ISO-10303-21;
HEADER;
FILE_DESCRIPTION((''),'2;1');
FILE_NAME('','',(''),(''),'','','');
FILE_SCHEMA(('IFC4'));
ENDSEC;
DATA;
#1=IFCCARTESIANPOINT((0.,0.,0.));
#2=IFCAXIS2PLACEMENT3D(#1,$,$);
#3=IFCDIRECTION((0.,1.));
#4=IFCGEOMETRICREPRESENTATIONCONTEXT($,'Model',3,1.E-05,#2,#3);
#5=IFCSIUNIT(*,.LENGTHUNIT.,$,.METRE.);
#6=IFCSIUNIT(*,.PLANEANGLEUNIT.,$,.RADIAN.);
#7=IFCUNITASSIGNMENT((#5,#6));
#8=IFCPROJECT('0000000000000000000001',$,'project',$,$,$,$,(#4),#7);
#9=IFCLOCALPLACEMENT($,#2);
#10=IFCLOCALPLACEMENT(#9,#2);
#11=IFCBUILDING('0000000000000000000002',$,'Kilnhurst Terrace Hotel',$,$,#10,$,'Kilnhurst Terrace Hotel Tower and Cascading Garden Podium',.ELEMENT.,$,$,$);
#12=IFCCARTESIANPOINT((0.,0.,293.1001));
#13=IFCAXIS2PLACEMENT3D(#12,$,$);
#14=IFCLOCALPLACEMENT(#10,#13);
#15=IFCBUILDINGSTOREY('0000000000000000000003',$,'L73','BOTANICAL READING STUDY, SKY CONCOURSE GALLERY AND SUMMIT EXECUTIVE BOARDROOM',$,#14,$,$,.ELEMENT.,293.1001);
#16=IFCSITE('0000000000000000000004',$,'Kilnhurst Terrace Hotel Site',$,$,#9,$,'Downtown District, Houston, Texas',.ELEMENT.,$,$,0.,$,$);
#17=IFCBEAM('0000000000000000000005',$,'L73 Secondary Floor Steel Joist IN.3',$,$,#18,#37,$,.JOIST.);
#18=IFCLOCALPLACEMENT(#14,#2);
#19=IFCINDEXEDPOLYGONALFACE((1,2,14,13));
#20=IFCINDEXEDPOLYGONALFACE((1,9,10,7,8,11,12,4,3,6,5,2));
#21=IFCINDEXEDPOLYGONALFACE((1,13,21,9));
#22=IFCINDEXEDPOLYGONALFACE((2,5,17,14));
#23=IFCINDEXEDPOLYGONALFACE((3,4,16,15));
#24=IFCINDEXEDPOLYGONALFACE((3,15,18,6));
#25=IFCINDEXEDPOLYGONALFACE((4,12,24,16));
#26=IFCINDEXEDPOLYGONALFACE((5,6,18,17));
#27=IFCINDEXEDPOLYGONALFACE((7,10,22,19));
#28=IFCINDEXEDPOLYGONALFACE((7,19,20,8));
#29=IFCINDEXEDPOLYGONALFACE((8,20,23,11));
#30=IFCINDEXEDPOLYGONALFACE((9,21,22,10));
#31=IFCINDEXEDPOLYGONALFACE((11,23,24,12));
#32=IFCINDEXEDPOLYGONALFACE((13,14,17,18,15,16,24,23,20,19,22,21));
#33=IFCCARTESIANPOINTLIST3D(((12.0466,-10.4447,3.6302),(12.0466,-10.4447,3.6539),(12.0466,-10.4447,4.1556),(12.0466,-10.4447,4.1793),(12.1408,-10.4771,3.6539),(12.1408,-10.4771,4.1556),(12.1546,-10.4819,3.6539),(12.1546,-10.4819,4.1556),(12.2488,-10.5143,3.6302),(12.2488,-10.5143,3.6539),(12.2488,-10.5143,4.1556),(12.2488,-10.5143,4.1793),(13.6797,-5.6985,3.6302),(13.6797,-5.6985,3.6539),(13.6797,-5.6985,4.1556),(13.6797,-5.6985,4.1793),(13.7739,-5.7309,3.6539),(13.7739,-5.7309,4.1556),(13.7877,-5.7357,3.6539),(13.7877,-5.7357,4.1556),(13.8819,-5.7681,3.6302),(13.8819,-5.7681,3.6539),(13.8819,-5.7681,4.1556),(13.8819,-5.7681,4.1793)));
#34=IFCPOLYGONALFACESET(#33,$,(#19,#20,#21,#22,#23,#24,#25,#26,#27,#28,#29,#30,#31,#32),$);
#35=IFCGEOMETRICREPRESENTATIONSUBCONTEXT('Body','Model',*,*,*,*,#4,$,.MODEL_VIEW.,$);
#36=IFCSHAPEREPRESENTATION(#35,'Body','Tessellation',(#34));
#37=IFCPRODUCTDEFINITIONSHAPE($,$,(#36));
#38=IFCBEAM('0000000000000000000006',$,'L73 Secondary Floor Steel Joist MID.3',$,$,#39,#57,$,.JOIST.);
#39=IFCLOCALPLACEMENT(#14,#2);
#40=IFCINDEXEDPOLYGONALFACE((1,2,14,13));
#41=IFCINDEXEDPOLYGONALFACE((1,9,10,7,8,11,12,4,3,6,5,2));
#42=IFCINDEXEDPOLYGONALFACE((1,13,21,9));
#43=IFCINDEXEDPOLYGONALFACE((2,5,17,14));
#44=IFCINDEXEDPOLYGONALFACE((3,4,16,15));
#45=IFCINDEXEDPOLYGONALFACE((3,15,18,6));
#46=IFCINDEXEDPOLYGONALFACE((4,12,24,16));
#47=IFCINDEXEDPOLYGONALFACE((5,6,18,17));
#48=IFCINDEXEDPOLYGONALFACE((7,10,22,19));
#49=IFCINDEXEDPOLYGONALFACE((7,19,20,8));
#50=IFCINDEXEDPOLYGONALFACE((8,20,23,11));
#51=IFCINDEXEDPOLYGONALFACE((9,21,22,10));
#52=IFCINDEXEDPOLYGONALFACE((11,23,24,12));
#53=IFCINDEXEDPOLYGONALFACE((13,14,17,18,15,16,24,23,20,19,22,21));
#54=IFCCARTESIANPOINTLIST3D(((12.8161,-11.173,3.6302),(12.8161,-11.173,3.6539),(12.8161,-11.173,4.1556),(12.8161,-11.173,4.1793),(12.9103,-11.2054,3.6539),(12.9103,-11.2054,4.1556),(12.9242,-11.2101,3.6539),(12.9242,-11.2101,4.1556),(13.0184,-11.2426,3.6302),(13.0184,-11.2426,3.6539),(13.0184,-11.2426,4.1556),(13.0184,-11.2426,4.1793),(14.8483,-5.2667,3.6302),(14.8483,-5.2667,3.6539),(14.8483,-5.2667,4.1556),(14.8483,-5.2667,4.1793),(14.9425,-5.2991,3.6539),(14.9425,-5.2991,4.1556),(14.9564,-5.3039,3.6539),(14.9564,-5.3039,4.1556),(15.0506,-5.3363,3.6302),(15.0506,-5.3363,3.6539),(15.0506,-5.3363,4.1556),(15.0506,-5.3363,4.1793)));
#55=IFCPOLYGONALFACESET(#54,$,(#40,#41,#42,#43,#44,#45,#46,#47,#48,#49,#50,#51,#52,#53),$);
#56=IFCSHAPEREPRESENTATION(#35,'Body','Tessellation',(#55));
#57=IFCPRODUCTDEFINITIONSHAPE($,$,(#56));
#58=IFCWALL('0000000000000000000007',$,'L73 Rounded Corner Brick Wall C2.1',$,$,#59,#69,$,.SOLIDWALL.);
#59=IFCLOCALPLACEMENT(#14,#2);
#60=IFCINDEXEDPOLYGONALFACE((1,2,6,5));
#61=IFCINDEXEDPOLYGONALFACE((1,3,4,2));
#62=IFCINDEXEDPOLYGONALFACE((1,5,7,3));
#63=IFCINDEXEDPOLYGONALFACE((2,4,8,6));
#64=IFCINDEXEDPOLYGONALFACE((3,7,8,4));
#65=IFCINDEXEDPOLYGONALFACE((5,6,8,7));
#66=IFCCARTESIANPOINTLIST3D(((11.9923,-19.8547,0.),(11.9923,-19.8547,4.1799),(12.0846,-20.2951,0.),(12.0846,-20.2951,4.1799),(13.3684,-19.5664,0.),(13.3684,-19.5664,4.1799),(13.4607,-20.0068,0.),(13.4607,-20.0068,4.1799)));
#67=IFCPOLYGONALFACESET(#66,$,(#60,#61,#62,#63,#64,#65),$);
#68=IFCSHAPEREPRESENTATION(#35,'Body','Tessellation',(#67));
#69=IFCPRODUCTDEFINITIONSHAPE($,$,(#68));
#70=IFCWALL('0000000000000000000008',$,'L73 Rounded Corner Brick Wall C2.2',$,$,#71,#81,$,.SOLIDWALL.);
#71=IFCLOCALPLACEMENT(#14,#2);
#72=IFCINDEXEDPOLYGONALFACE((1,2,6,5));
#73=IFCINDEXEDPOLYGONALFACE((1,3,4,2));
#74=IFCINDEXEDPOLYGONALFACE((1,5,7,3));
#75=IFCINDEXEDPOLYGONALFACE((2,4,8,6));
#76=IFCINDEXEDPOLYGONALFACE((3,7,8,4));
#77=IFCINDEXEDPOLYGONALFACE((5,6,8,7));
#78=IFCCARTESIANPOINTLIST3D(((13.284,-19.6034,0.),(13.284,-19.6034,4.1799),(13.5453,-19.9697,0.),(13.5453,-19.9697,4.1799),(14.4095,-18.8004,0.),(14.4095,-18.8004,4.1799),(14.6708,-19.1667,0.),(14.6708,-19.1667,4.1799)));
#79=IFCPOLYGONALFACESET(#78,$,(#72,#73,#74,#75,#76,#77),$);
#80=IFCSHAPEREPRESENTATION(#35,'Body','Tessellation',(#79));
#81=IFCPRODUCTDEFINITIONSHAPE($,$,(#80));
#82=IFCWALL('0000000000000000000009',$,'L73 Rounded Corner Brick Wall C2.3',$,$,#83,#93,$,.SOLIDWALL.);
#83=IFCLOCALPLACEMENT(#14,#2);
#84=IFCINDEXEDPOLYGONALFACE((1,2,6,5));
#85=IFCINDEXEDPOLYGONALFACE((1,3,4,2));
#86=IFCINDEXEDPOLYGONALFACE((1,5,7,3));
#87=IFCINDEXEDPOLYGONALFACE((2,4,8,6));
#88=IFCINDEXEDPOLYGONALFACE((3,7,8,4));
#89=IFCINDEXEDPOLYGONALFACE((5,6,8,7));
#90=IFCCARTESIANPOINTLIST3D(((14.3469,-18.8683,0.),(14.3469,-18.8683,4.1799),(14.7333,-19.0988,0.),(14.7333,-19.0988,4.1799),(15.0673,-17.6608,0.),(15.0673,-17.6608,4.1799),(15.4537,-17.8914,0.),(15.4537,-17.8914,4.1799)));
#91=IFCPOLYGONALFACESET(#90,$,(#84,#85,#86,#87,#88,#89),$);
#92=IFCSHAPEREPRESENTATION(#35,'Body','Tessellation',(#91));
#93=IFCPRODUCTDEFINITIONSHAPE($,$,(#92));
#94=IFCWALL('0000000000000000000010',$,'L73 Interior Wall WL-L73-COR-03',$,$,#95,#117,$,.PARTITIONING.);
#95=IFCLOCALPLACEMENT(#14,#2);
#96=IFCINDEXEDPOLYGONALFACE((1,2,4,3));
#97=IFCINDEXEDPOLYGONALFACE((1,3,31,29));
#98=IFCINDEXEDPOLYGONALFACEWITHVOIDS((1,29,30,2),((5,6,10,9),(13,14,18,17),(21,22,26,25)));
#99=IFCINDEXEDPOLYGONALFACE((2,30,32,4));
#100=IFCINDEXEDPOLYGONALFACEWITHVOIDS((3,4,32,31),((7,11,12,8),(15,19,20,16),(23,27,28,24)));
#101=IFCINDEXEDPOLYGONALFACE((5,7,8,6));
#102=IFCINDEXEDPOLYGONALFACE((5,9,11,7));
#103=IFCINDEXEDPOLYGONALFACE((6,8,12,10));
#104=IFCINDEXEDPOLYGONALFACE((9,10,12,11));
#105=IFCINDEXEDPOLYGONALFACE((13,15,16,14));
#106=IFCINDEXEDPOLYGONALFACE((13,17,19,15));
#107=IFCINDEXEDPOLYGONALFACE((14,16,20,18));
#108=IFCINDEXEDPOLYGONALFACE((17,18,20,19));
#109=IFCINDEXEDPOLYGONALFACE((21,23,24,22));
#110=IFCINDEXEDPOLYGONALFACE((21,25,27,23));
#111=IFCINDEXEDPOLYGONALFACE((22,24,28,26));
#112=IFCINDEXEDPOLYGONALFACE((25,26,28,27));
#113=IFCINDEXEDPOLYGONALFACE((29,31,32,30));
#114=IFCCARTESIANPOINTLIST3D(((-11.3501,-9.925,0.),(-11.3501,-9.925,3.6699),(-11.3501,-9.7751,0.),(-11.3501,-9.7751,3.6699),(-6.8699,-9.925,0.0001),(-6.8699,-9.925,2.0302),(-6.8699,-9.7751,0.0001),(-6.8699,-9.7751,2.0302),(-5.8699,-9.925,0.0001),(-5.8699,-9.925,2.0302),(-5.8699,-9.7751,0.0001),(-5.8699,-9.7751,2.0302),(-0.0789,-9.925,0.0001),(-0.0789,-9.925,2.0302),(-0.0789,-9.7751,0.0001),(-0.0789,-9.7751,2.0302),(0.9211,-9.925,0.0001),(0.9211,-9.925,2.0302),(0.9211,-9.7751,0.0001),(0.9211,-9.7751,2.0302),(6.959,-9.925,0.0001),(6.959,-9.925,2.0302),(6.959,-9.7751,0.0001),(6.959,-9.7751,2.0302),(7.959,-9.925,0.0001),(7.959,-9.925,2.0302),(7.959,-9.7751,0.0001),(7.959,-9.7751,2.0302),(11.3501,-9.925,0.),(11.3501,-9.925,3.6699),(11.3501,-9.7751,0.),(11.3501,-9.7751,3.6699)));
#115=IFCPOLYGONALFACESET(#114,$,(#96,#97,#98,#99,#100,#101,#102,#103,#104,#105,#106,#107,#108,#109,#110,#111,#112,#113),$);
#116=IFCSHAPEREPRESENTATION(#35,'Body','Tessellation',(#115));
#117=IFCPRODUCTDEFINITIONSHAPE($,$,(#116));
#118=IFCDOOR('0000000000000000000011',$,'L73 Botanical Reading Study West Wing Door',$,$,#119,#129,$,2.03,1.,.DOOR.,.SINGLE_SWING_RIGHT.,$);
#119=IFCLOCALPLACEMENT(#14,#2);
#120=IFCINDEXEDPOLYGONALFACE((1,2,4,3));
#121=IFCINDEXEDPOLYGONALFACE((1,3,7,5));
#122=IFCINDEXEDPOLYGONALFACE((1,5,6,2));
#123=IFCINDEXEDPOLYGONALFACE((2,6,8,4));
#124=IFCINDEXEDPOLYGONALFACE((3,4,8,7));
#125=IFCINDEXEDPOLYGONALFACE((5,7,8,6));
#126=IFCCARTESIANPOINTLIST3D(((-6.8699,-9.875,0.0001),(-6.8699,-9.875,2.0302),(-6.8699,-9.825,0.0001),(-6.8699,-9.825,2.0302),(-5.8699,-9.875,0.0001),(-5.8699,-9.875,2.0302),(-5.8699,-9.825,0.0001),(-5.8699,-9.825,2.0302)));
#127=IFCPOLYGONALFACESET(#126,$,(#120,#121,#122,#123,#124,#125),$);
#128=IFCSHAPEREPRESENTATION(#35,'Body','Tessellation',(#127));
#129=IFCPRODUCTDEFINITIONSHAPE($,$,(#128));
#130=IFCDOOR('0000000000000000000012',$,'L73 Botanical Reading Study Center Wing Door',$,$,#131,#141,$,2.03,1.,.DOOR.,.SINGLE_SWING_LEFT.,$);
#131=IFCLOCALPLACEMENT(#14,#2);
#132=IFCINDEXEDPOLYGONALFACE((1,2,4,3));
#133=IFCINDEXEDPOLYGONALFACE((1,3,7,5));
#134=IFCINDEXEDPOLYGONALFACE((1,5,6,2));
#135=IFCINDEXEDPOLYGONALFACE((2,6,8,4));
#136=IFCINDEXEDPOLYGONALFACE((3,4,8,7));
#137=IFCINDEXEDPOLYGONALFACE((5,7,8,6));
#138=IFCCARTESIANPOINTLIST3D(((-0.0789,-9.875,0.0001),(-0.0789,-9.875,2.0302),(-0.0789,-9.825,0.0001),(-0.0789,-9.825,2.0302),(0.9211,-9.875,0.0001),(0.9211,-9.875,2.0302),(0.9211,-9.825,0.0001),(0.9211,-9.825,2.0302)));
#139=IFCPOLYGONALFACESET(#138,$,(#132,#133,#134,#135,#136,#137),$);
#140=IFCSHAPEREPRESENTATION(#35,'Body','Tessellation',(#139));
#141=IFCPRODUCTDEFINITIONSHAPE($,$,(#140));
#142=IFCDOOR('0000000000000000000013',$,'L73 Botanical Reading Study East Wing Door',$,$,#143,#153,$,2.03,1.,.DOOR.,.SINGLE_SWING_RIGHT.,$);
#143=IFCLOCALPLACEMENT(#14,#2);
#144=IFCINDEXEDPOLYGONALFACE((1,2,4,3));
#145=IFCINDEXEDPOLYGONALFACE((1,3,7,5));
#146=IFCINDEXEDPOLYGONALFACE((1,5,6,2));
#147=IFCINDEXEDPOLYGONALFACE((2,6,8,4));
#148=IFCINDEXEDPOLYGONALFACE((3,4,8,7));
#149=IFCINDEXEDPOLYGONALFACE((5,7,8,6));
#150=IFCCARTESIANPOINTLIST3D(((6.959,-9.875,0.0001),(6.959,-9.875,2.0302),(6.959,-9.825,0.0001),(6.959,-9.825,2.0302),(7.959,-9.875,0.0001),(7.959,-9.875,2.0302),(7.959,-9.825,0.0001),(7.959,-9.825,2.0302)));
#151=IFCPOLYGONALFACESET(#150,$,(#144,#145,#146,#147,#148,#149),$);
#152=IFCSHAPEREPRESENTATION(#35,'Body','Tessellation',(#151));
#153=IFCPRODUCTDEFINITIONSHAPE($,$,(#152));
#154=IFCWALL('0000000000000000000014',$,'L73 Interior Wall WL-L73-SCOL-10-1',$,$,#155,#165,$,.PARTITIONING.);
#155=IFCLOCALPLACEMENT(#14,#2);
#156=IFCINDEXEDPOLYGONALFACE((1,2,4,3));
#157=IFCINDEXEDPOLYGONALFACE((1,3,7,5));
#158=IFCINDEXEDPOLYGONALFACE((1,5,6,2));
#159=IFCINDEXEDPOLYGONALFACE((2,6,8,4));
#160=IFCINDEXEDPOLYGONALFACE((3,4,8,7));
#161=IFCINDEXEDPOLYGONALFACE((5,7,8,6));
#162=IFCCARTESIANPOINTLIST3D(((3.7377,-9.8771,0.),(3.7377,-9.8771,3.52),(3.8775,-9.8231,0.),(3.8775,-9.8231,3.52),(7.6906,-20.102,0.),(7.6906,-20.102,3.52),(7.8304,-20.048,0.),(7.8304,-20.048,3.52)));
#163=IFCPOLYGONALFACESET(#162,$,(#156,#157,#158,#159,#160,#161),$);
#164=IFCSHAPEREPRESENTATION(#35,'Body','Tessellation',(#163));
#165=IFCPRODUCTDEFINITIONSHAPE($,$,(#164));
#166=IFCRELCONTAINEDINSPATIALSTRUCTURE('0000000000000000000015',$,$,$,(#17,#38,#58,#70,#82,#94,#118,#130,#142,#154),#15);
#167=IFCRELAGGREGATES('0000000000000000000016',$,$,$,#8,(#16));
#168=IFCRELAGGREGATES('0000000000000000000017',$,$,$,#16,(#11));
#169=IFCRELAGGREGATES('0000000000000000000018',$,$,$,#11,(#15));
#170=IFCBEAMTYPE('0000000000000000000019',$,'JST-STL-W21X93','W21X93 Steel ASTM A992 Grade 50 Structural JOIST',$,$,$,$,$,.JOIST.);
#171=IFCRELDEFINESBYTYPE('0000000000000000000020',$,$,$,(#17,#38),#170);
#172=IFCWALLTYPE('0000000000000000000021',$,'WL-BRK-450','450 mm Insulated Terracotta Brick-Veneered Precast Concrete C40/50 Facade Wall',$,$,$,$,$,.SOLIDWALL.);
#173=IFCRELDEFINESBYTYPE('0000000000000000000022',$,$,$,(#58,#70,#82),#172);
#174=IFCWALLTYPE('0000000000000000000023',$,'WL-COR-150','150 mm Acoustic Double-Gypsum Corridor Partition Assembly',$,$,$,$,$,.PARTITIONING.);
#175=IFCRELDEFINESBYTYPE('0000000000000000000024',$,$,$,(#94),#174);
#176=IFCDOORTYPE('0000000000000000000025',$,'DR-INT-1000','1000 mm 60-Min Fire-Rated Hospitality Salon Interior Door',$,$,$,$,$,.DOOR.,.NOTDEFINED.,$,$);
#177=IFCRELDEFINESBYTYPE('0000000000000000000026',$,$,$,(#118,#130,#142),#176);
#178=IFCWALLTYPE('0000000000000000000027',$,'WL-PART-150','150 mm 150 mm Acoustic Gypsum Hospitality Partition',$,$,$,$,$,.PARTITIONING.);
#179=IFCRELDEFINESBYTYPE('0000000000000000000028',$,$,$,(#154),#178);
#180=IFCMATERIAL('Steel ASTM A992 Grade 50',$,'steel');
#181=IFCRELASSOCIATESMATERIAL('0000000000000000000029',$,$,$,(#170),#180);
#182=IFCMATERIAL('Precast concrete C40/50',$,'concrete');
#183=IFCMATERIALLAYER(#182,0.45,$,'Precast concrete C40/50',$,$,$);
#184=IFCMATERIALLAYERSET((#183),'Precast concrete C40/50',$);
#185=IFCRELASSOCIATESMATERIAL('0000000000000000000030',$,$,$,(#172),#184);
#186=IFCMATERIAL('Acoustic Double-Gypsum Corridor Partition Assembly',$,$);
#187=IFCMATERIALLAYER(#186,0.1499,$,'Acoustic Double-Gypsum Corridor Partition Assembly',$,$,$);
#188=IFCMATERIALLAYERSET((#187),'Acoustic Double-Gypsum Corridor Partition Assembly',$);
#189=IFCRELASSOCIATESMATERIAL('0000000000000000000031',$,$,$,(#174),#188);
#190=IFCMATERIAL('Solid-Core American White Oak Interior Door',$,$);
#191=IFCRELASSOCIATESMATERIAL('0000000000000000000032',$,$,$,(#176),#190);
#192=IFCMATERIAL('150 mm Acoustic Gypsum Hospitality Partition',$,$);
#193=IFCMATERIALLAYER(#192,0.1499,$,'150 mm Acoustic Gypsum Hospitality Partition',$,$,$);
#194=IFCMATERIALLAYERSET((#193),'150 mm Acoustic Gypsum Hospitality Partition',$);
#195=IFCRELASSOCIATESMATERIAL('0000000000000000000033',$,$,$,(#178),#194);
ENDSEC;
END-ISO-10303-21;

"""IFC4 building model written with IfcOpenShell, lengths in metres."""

from ifc_helpers import new_model, si_unit, direction, frame, frame_2d, origin, origin_2d, place, context, subcontext, project, spatial, rectangle, i_section, extrude, material, layer, layer_set, material_profile, profile_set, type_object, element, fill, save


model = new_model("IFC4")

# Units and contexts
model_context = context("Model", 3, precision=1e-05, world=origin(), true_north=direction((0.0, 1.0)))
body_context = subcontext(model_context, "Body", "Model", "MODEL_VIEW")
ifc_project = project(units=[si_unit("LENGTHUNIT", "METRE"), si_unit("PLANEANGLEUNIT", "RADIAN")], contexts=[model_context])

# Site, building, storey
site_placement = place(None, origin())
site = spatial("IfcSite", under=ifc_project, at=site_placement, Name="Kilnhurst Terrace Hotel Site", LongName="Downtown District, Houston, Texas", CompositionType="ELEMENT", RefElevation=0.0)
building_placement = place(site_placement, origin())
building = spatial("IfcBuilding", under=site, at=building_placement, Name="Kilnhurst Terrace Hotel", LongName="Kilnhurst Terrace Hotel Tower and Cascading Garden Podium", CompositionType="ELEMENT")
storey_placement = place(building_placement, frame((0.0, 0.0, 293.1001)))
storey = spatial("IfcBuildingStorey", under=building, at=storey_placement, Name="L73", Description="BOTANICAL READING STUDY, SKY CONCOURSE GALLERY AND SUMMIT EXECUTIVE BOARDROOM", CompositionType="ELEMENT", Elevation=293.1001)

# Beams
ifc_material_1 = material(Name="Steel ASTM A992 Grade 50", Category="steel")
ifc_material_profile_1 = material_profile(ifc_material_1, i_section(OverallWidth=0.2139, OverallDepth=0.5491, WebThickness=0.0146, FlangeThickness=0.0237, at=origin_2d()), Name="W21X93")
ifc_profile_set_1 = profile_set([ifc_material_profile_1], Name="Steel ASTM A992 Grade 50")
beam_type_1 = type_object("IfcBeamType", Name="JST-STL-W21X93", Description="W21X93 Steel ASTM A992 Grade 50 Structural JOIST", PredefinedType="JOIST", material=ifc_profile_set_1)
beam_1_placement = place(storey_placement, frame((12.1477, -10.4795, 3.9048), z_axis=(0.325363, 0.945589, 0.0), x_axis=(-0.945589, 0.325363, 0.0)))
element("IfcBeam", 1, at=beam_1_placement, inside=storey, type_object=beam_type_1, Name="L73 Secondary Floor Steel Joist IN.3", PredefinedType="JOIST", context=body_context, shape_type="SweptSolid", body=[
    extrude(i_section(OverallWidth=0.2139, OverallDepth=0.5491, WebThickness=0.0146, FlangeThickness=0.0237, at=origin_2d()), origin(), (0.0, 0.0, 1.0), 5.0193),
])
beam_2_placement = place(storey_placement, frame((12.9172, -11.2078, 3.9048), z_axis=(0.325359, 0.94559, 0.0), x_axis=(-0.94559, 0.325359, 0.0)))
element("IfcBeam", 2, at=beam_2_placement, inside=storey, type_object=beam_type_1, Name="L73 Secondary Floor Steel Joist MID.3", PredefinedType="JOIST", context=body_context, shape_type="SweptSolid", body=[
    extrude(i_section(OverallWidth=0.2139, OverallDepth=0.5491, WebThickness=0.0146, FlangeThickness=0.0237, at=origin_2d()), origin(), (0.0, 0.0, 1.0), 6.2461),
])

# Walls
ifc_material_2 = material(Name="Precast concrete C40/50", Category="concrete")
ifc_layer_1 = layer(ifc_material_2, 0.45, Name="Precast concrete C40/50")
ifc_layer_set_1 = layer_set([ifc_layer_1], Name="Precast concrete C40/50")
wall_type_1 = type_object("IfcWallType", Name="WL-BRK-450", Description="450 mm Insulated Terracotta Brick-Veneered Precast Concrete C40/50 Facade Wall", PredefinedType="SOLIDWALL", material=ifc_layer_set_1)
wall_1_placement = place(storey_placement, frame((12.0383, -20.075, 0.0), z_axis=(0.0, 0.0, 1.0), x_axis=(0.97875, 0.205057, 0.0)))
element("IfcWall", 3, at=wall_1_placement, inside=storey, type_object=wall_type_1, Name="L73 Rounded Corner Brick Wall C2.1", PredefinedType="SOLIDWALL", context=body_context, shape_type="SweptSolid", body=[
    extrude(rectangle(XDim=1.406, YDim=0.45, at=frame_2d((0.7031, 0.0))), origin(), (0.0, 0.0, 1.0), 4.1799),
])
wall_2_placement = place(storey_placement, frame((13.4146, -19.7866, 0.0), z_axis=(0.0, 0.0, 1.0), x_axis=(0.814055, 0.580787, 0.0)))
element("IfcWall", 4, at=wall_2_placement, inside=storey, type_object=wall_type_1, Name="L73 Rounded Corner Brick Wall C2.2", PredefinedType="SOLIDWALL", context=body_context, shape_type="SweptSolid", body=[
    extrude(rectangle(XDim=1.3826, YDim=0.45, at=frame_2d((0.6914, 0.0))), origin(), (0.0, 0.0, 1.0), 4.1799),
])
wall_3_placement = place(storey_placement, frame((14.54, -18.9836, 0.0), z_axis=(0.0, 0.0, 1.0), x_axis=(0.512375, 0.858762, 0.0)))
element("IfcWall", 5, at=wall_3_placement, inside=storey, type_object=wall_type_1, Name="L73 Rounded Corner Brick Wall C2.3", PredefinedType="SOLIDWALL", context=body_context, shape_type="SweptSolid", body=[
    extrude(rectangle(XDim=1.406, YDim=0.45, at=frame_2d((0.7031, 0.0))), origin(), (0.0, 0.0, 1.0), 4.1799),
])

# Wall, openings, doors
ifc_material_3 = material(Name="Acoustic Double-Gypsum Corridor Partition Assembly")
ifc_layer_2 = layer(ifc_material_3, 0.1499, Name="Acoustic Double-Gypsum Corridor Partition Assembly")
ifc_layer_set_2 = layer_set([ifc_layer_2], Name="Acoustic Double-Gypsum Corridor Partition Assembly")
wall_type_2 = type_object("IfcWallType", Name="WL-COR-150", Description="150 mm Acoustic Double-Gypsum Corridor Partition Assembly", PredefinedType="PARTITIONING", material=ifc_layer_set_2)
wall_4_placement = place(storey_placement, frame((11.3501, -9.8501, 0.0), z_axis=(0.0, 0.0, 1.0), x_axis=(-1.0, 0.0, 0.0)))
wall_4 = element("IfcWall", 6, at=wall_4_placement, inside=storey, type_object=wall_type_2, Name="L73 Interior Wall WL-L73-COR-03", PredefinedType="PARTITIONING", context=body_context, shape_type="SweptSolid", body=[
    extrude(rectangle(XDim=22.7002, YDim=0.1499, at=frame_2d((11.3501, 0.0))), origin(), (0.0, 0.0, 1.0), 3.6699),
])
opening_1_placement = place(wall_4_placement, frame((17.22, 0.0, 0.0)))
opening_1 = element("IfcOpeningElement", 7, at=opening_1_placement, cuts=wall_4, PredefinedType="OPENING", context=body_context, shape_type="SweptSolid", body=[
    extrude(rectangle(XDim=1.0, YDim=2.03, at=frame_2d((0.5, 1.0151))), frame((0.0, 0.085, 0.0), z_axis=(0.0, -1.0, 0.0), x_axis=(1.0, 0.0, 0.0)), (0.0, 0.0, 1.0), 0.1699),
])
opening_2_placement = place(wall_4_placement, frame((10.429, 0.0, 0.0)))
opening_2 = element("IfcOpeningElement", 8, at=opening_2_placement, cuts=wall_4, PredefinedType="OPENING", context=body_context, shape_type="SweptSolid", body=[
    extrude(rectangle(XDim=1.0, YDim=2.03, at=frame_2d((0.5, 1.0151))), frame((0.0, 0.085, 0.0), z_axis=(0.0, -1.0, 0.0), x_axis=(1.0, 0.0, 0.0)), (0.0, 0.0, 1.0), 0.1699),
])
opening_3_placement = place(wall_4_placement, frame((3.3911, 0.0, 0.0)))
opening_3 = element("IfcOpeningElement", 9, at=opening_3_placement, cuts=wall_4, PredefinedType="OPENING", context=body_context, shape_type="SweptSolid", body=[
    extrude(rectangle(XDim=1.0, YDim=2.03, at=frame_2d((0.5, 1.0151))), frame((0.0, 0.085, 0.0), z_axis=(0.0, -1.0, 0.0), x_axis=(1.0, 0.0, 0.0)), (0.0, 0.0, 1.0), 0.1699),
])
ifc_material_4 = material(Name="Solid-Core American White Oak Interior Door")
door_type = type_object("IfcDoorType", Name="DR-INT-1000", Description="1000 mm 60-Min Fire-Rated Hospitality Salon Interior Door", OperationType="NOTDEFINED", PredefinedType="DOOR", material=ifc_material_4)
door_1_placement = place(opening_1_placement, origin())
door_1 = element("IfcDoor", 10, at=door_1_placement, inside=storey, type_object=door_type, Name="L73 Botanical Reading Study West Wing Door", OperationType="SINGLE_SWING_RIGHT", OverallHeight=2.03, OverallWidth=1.0, PredefinedType="DOOR", context=body_context, shape_type="SweptSolid", body=[
    extrude(rectangle(XDim=1.0, YDim=2.03, at=frame_2d((0.5, 1.0151))), frame((0.0, 0.0249, 0.0), z_axis=(0.0, -1.0, 0.0), x_axis=(1.0, 0.0, 0.0)), (0.0, 0.0, 1.0), 0.05),
])
fill(opening_1, door_1)
door_2_placement = place(opening_2_placement, origin())
door_2 = element("IfcDoor", 11, at=door_2_placement, inside=storey, type_object=door_type, Name="L73 Botanical Reading Study Center Wing Door", OperationType="SINGLE_SWING_LEFT", OverallHeight=2.03, OverallWidth=1.0, PredefinedType="DOOR", context=body_context, shape_type="SweptSolid", body=[
    extrude(rectangle(XDim=1.0, YDim=2.03, at=frame_2d((0.5, 1.0151))), frame((0.0, 0.0249, 0.0), z_axis=(0.0, -1.0, 0.0), x_axis=(1.0, 0.0, 0.0)), (0.0, 0.0, 1.0), 0.05),
])
fill(opening_2, door_2)
door_3_placement = place(opening_3_placement, origin())
door_3 = element("IfcDoor", 12, at=door_3_placement, inside=storey, type_object=door_type, Name="L73 Botanical Reading Study East Wing Door", OperationType="SINGLE_SWING_RIGHT", OverallHeight=2.03, OverallWidth=1.0, PredefinedType="DOOR", context=body_context, shape_type="SweptSolid", body=[
    extrude(rectangle(XDim=1.0, YDim=2.03, at=frame_2d((0.5, 1.0151))), frame((0.0, 0.0249, 0.0), z_axis=(0.0, -1.0, 0.0), x_axis=(1.0, 0.0, 0.0)), (0.0, 0.0, 1.0), 0.05),
])
fill(opening_3, door_3)

# Wall
ifc_material_5 = material(Name="150 mm Acoustic Gypsum Hospitality Partition")
ifc_layer_3 = layer(ifc_material_5, 0.1499, Name="150 mm Acoustic Gypsum Hospitality Partition")
ifc_layer_set_3 = layer_set([ifc_layer_3], Name="150 mm Acoustic Gypsum Hospitality Partition")
wall_type_3 = type_object("IfcWallType", Name="WL-PART-150", Description="150 mm 150 mm Acoustic Gypsum Hospitality Partition", PredefinedType="PARTITIONING", material=ifc_layer_set_3)
wall_5_placement = place(storey_placement, frame((3.8076, -9.8501, 0.0), z_axis=(0.0, 0.0, 1.0), x_axis=(0.360587, -0.932725, 0.0)))
element("IfcWall", 13, at=wall_5_placement, inside=storey, type_object=wall_type_3, Name="L73 Interior Wall WL-L73-SCOL-10-1", PredefinedType="PARTITIONING", context=body_context, shape_type="SweptSolid", body=[
    extrude(rectangle(XDim=10.9624, YDim=0.1499, at=frame_2d((5.4812, 0.0))), origin(), (0.0, 0.0, 1.0), 3.52),
])

save(model, "model.ifc")
